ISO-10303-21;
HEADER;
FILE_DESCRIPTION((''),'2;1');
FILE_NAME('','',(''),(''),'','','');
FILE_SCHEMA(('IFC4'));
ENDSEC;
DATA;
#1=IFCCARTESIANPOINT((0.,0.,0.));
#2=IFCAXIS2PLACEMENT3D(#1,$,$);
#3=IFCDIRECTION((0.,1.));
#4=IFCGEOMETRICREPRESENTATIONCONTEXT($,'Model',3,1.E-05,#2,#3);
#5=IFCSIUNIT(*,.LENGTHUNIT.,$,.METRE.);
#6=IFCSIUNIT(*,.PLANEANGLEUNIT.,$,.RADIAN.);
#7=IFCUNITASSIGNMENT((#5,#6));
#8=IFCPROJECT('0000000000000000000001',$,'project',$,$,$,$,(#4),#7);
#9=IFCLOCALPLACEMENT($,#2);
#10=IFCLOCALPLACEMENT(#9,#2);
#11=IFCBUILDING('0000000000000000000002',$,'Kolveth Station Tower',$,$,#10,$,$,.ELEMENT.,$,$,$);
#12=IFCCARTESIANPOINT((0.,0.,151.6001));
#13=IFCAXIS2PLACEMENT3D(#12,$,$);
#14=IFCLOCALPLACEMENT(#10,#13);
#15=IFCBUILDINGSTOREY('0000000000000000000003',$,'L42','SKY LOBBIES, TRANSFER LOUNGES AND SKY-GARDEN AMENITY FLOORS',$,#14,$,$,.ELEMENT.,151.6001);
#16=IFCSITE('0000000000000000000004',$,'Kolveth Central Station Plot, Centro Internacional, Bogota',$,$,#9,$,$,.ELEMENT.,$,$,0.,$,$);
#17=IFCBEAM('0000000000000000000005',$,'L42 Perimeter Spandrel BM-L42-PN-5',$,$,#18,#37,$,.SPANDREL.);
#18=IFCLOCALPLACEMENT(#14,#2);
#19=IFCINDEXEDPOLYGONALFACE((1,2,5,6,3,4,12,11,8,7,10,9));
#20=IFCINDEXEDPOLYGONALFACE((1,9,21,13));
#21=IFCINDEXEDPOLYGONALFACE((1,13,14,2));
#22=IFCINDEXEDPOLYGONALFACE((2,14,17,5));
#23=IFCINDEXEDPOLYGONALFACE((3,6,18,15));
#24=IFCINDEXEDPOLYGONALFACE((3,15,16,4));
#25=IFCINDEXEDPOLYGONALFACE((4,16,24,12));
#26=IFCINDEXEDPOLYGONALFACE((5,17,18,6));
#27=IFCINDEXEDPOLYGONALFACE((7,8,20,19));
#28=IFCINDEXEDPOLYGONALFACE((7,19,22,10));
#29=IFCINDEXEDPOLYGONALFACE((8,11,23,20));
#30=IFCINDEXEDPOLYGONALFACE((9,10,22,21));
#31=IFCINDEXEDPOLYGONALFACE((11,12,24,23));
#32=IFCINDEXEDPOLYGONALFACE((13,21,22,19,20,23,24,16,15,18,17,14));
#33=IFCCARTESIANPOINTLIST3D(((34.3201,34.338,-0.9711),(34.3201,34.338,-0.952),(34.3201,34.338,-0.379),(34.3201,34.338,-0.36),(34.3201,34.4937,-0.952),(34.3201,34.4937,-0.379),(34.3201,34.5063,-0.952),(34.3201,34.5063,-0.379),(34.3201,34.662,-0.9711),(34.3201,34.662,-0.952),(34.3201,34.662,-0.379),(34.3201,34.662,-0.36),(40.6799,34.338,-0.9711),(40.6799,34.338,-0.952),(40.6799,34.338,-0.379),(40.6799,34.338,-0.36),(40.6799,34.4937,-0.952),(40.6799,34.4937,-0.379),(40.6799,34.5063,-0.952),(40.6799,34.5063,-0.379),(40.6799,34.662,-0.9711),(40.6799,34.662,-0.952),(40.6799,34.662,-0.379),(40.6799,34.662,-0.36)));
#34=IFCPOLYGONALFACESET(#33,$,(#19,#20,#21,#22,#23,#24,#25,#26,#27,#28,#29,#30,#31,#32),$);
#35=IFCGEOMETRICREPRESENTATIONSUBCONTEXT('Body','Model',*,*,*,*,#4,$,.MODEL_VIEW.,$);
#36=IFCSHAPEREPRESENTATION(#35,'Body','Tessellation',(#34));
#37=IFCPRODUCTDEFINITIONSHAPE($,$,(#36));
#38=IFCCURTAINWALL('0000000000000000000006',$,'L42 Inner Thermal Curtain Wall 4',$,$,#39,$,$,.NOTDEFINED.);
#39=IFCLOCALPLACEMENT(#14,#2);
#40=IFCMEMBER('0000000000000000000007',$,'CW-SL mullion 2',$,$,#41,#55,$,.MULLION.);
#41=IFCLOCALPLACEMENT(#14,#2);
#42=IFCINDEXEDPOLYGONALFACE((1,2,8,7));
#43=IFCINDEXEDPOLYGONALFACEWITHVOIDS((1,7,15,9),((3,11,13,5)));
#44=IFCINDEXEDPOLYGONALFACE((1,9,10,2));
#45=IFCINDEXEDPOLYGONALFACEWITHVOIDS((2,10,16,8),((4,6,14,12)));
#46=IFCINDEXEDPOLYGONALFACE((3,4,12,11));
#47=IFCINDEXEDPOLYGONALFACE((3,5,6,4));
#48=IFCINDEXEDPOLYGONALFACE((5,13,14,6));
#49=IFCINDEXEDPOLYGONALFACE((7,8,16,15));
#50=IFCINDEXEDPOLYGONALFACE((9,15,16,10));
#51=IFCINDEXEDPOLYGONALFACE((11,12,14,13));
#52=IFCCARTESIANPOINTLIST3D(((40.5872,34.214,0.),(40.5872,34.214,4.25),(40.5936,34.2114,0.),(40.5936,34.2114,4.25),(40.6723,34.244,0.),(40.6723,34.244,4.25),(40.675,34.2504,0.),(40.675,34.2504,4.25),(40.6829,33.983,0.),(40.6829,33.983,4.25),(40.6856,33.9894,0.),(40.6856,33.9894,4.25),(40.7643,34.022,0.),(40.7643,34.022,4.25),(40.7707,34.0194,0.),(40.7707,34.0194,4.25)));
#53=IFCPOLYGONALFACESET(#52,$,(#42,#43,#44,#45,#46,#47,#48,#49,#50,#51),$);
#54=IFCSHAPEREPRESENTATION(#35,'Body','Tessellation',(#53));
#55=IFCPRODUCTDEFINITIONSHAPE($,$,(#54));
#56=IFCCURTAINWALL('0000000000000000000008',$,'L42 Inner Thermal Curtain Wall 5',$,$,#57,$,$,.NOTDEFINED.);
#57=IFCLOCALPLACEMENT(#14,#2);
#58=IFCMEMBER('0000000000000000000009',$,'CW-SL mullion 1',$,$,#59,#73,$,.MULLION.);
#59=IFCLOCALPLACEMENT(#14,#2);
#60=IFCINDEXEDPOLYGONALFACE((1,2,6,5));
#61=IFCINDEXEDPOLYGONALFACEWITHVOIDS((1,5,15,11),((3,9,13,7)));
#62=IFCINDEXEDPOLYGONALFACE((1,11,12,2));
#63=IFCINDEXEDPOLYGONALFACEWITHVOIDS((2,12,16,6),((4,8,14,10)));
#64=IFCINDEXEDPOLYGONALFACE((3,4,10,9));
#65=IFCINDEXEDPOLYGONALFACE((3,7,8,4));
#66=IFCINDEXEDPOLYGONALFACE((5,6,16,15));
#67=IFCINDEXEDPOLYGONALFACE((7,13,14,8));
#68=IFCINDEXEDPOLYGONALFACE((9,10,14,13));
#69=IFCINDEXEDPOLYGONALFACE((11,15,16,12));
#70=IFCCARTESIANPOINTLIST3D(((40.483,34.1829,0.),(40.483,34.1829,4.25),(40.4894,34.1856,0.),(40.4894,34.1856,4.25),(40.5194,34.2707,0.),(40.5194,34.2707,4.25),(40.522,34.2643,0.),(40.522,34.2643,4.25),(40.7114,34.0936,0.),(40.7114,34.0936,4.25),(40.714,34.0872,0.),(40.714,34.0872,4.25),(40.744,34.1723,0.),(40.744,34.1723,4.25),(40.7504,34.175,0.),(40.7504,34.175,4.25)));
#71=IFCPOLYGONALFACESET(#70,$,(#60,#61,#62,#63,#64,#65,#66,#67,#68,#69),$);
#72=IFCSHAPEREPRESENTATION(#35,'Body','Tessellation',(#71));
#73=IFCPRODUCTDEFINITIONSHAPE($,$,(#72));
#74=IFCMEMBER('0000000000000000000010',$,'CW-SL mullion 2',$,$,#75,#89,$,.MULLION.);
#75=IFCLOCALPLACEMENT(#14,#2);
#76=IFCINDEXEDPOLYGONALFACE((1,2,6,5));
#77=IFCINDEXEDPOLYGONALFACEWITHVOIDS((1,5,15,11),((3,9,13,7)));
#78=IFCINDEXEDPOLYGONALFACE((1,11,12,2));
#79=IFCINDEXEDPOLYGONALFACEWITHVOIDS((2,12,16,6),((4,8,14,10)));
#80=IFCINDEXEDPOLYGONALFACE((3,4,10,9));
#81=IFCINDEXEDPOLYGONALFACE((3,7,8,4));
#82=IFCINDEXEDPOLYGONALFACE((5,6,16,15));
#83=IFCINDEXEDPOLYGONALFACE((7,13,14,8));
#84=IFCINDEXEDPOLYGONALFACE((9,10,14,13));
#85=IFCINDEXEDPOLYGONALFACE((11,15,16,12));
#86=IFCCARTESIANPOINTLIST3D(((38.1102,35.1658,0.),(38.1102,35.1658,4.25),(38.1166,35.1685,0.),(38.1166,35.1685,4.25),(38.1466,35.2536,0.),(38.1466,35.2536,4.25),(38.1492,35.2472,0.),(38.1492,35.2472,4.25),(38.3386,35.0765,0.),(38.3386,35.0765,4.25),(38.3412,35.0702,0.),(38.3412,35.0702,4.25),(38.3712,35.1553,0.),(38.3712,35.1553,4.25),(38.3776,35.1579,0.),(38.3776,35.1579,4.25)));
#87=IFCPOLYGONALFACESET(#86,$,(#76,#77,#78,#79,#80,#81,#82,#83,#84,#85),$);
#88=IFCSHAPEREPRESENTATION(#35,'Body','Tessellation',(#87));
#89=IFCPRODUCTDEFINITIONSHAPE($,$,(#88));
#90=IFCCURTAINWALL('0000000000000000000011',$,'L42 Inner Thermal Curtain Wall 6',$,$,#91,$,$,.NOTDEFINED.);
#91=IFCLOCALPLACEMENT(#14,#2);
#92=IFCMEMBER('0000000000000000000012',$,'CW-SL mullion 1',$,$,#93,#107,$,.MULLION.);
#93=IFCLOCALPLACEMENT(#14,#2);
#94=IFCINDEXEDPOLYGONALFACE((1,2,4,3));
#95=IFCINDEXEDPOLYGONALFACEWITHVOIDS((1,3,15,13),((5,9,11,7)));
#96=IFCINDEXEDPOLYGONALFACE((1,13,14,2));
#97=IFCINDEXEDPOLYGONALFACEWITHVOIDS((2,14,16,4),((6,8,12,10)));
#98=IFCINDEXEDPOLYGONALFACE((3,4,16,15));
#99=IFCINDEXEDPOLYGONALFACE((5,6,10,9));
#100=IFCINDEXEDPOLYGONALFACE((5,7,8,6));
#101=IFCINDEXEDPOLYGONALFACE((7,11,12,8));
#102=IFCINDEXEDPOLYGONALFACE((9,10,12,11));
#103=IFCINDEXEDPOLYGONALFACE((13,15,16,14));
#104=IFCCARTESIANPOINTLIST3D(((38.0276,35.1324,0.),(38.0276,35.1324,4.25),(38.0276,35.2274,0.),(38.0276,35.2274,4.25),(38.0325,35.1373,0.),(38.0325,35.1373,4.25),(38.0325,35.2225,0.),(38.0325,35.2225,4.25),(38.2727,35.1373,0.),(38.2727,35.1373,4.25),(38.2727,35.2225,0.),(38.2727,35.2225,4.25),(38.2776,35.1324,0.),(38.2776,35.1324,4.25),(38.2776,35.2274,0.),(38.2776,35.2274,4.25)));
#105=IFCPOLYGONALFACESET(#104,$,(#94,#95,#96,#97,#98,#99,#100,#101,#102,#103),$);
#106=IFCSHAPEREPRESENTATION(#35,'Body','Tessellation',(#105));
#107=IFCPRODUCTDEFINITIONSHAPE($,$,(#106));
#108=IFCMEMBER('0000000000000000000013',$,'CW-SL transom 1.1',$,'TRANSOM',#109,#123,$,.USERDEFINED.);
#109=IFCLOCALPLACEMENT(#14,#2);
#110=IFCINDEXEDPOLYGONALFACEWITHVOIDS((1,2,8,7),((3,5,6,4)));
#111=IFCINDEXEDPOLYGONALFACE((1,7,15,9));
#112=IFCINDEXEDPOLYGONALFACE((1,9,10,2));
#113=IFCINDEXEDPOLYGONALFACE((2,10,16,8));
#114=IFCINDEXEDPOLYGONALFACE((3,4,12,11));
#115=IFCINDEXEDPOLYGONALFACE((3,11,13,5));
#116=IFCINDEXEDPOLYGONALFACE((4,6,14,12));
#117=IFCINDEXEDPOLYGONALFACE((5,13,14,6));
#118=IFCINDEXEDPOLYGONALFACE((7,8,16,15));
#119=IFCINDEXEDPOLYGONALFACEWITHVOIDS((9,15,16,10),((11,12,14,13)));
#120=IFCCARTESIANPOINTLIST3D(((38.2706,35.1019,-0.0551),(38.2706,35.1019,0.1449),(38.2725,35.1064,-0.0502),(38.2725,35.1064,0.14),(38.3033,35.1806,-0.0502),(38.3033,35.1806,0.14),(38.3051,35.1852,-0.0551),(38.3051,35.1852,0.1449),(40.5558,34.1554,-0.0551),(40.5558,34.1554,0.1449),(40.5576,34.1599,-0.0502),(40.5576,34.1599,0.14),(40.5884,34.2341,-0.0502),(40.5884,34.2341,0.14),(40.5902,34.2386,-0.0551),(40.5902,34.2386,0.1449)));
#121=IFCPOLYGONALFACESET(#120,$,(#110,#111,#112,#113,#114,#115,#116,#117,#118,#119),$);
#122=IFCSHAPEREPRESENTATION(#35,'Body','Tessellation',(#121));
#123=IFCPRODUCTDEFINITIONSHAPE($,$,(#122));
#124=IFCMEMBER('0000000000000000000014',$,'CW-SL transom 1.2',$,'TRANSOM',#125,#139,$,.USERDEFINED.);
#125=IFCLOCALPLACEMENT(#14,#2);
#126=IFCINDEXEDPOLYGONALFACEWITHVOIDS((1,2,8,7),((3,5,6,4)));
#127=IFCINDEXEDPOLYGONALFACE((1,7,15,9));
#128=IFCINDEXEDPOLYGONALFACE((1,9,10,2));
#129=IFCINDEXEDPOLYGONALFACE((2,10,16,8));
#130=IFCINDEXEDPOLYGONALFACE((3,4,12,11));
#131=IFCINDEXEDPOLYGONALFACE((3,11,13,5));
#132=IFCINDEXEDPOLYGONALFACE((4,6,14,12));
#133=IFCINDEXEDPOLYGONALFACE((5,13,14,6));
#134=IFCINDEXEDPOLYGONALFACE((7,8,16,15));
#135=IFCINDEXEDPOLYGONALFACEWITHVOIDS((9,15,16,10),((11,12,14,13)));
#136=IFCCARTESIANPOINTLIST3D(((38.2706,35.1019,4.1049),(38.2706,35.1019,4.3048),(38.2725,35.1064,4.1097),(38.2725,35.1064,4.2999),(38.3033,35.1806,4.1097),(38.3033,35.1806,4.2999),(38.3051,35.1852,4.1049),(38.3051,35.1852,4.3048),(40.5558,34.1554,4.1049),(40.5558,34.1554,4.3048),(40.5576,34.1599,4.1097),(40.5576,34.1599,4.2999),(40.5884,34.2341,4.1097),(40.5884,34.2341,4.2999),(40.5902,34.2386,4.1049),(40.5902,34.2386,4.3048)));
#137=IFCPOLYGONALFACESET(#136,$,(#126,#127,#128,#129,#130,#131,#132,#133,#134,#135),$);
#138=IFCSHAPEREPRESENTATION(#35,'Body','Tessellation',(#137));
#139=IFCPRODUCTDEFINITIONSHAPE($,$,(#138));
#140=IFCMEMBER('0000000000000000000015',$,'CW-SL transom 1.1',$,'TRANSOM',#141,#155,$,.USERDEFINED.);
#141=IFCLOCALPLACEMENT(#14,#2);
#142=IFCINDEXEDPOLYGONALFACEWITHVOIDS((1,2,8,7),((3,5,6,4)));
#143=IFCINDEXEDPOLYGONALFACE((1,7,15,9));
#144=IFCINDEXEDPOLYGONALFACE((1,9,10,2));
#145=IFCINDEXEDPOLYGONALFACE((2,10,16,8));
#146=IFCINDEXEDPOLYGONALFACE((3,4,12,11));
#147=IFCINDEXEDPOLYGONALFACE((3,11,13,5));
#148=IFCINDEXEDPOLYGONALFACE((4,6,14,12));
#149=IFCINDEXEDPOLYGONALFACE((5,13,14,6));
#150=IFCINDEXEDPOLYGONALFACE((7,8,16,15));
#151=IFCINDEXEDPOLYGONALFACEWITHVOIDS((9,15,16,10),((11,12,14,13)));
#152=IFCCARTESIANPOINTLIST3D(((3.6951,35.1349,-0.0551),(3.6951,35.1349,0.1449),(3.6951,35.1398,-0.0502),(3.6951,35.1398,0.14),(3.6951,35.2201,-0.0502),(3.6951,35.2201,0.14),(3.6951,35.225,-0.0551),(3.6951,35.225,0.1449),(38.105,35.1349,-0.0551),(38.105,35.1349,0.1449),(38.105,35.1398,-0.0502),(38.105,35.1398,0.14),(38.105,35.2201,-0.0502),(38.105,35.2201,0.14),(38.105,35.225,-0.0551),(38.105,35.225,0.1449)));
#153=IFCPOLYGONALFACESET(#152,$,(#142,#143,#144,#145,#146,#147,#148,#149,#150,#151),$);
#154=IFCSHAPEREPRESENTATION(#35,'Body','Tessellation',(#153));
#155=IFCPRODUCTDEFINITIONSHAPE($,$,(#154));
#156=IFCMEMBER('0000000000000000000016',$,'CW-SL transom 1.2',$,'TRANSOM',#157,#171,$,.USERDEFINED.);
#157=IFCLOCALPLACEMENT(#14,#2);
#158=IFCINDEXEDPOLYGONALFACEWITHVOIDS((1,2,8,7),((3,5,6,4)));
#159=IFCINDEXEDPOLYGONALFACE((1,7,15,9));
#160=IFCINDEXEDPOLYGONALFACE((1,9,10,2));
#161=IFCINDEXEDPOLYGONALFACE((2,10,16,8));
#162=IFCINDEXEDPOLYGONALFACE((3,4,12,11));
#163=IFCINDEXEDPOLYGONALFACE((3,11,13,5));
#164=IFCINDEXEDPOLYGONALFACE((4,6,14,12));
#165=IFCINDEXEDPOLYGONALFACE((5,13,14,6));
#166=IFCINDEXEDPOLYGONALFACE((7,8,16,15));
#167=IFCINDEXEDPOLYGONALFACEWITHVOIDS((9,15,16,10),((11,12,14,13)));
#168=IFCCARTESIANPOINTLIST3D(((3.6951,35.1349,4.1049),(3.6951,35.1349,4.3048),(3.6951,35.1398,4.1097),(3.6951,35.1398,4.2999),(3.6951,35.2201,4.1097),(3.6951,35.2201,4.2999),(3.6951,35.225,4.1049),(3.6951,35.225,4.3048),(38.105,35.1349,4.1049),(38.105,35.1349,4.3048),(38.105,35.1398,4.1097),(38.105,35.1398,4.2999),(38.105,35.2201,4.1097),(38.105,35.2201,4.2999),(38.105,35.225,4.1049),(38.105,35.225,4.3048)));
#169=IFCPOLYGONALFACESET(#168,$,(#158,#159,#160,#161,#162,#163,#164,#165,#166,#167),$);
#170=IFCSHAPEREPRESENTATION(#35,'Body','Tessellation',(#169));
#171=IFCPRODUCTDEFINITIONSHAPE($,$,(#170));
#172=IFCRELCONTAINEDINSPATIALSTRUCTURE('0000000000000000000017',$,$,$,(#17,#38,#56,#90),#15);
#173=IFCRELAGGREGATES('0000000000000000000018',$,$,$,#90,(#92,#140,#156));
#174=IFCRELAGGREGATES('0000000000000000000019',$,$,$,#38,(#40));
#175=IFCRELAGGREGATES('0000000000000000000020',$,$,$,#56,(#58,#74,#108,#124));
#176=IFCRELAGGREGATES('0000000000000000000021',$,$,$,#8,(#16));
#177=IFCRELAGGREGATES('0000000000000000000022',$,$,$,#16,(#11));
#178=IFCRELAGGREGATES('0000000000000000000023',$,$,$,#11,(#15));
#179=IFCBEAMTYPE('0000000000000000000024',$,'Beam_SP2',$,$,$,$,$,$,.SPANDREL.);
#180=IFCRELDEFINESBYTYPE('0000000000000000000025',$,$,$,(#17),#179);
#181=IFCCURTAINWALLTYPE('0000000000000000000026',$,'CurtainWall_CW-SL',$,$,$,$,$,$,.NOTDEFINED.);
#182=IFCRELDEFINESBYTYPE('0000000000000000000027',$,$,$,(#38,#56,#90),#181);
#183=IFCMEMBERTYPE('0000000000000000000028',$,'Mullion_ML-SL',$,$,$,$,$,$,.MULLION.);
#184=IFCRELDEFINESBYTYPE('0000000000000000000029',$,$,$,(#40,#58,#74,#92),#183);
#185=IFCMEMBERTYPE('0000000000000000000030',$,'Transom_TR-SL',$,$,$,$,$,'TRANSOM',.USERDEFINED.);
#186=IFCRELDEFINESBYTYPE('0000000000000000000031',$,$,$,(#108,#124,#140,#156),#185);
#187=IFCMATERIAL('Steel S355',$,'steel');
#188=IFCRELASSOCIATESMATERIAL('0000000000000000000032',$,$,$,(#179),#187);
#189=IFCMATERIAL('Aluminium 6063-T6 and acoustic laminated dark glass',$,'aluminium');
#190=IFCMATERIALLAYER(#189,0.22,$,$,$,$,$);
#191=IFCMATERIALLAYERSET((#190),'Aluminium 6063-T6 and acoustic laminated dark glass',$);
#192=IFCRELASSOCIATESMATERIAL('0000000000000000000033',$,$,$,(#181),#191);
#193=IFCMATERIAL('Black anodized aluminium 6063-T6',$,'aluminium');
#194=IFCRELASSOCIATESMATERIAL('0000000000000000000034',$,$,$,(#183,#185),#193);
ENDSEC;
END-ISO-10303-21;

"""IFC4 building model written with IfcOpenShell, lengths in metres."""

from ifc_helpers import new_model, si_unit, direction, frame, origin, origin_2d, place, context, subcontext, project, spatial, hollow_rectangle, i_section, extrude, source, transform, mapped, material, layer, layer_set, material_profile, profile_set, type_object, element, aggregate, save


model = new_model("IFC4")

# Units and contexts
model_context = context("Model", 3, precision=1e-05, world=origin(), true_north=direction((0.0, 1.0)))
body_context = subcontext(model_context, "Body", "Model", "MODEL_VIEW")
ifc_project = project(units=[si_unit("LENGTHUNIT", "METRE"), si_unit("PLANEANGLEUNIT", "RADIAN")], contexts=[model_context])

# Site, building, storey
site_placement = place(None, origin())
site = spatial("IfcSite", under=ifc_project, at=site_placement, Name="Kolveth Central Station Plot, Centro Internacional, Bogota", CompositionType="ELEMENT", RefElevation=0.0)
building_placement = place(site_placement, origin())
building = spatial("IfcBuilding", under=site, at=building_placement, Name="Kolveth Station Tower", CompositionType="ELEMENT")
storey_placement = place(building_placement, frame((0.0, 0.0, 151.6001)))
storey = spatial("IfcBuildingStorey", under=building, at=storey_placement, Name="L42", Description="SKY LOBBIES, TRANSFER LOUNGES AND SKY-GARDEN AMENITY FLOORS", CompositionType="ELEMENT", Elevation=151.6001)

# Beam
ifc_material_1 = material(Name="Steel S355", Category="steel")
ifc_material_profile_1 = material_profile(ifc_material_1, i_section(OverallWidth=0.324, OverallDepth=0.6111, WebThickness=0.0127, FlangeThickness=0.019, at=origin_2d()), Name="W610x155")
ifc_profile_set_1 = profile_set([ifc_material_profile_1], Name="Steel S355")
beam_type = type_object("IfcBeamType", Name="Beam_SP2", PredefinedType="SPANDREL", material=ifc_profile_set_1)
shared_shape_1 = source(origin(), body_context, "Body", "SweptSolid", [
    extrude(i_section(OverallWidth=0.324, OverallDepth=0.6111, WebThickness=0.0127, FlangeThickness=0.019, at=origin_2d()), origin(), (0.0, 0.0, 1.0), 6.3599),
])
beam_placement = place(storey_placement, frame((34.3201, 34.5, -0.6655), z_axis=(1.0, 0.0, 0.0), x_axis=(0.0, 1.0, 0.0)))
element("IfcBeam", 1, at=beam_placement, inside=storey, type_object=beam_type, Name="L42 Perimeter Spandrel BM-L42-PN-5", PredefinedType="SPANDREL", context=body_context, shape_type="MappedRepresentation", body=[
    mapped(shared_shape_1, transform((0.0, 0.0, 0.0), x_axis=(1.0, 0.0, 0.0), y_axis=(0.0, 1.0, 0.0), z_axis=(0.0, 0.0, 1.0), scale=1.0)),
])

# Curtain wall, member
ifc_material_2 = material(Name="Aluminium 6063-T6 and acoustic laminated dark glass", Category="aluminium")
ifc_layer_1 = layer(ifc_material_2, 0.22)
ifc_layer_set_1 = layer_set([ifc_layer_1], Name="Aluminium 6063-T6 and acoustic laminated dark glass")
curtain_wall_type_1 = type_object("IfcCurtainWallType", Name="CurtainWall_CW-SL", PredefinedType="NOTDEFINED", material=ifc_layer_set_1)
curtain_wall_1_placement = place(storey_placement, origin())
curtain_wall_1 = element("IfcCurtainWall", 2, at=curtain_wall_1_placement, inside=storey, type_object=curtain_wall_type_1, Name="L42 Inner Thermal Curtain Wall 4", PredefinedType="NOTDEFINED")
ifc_material_3 = material(Name="Black anodized aluminium 6063-T6", Category="aluminium")
ifc_material_profile_2 = material_profile(ifc_material_3, hollow_rectangle(XDim=0.095, YDim=0.25, WallThickness=0.0049, at=origin_2d()), Name="ALU-95x250x5")
ifc_profile_set_2 = profile_set([ifc_material_profile_2], Name="Black anodized aluminium 6063-T6")
member_type_1 = type_object("IfcMemberType", Name="Mullion_ML-SL", PredefinedType="MULLION", material=ifc_profile_set_2)
shared_shape_2 = source(origin(), body_context, "Body", "SweptSolid", [
    extrude(hollow_rectangle(XDim=0.095, YDim=0.25, WallThickness=0.0049, at=origin_2d()), origin(), (0.0, 0.0, 1.0), 4.25),
])
member_1_placement = place(storey_placement, frame((40.679, 34.1167, 0.0), z_axis=(0.0, 0.0, 1.0), x_axis=(-0.923874, -0.382698, 0.0)))
member_1 = element("IfcMember", 3, at=member_1_placement, type_object=member_type_1, Name="CW-SL mullion 2", PredefinedType="MULLION", context=body_context, shape_type="MappedRepresentation", body=[
    mapped(shared_shape_2, transform((0.0, 0.0, 0.0), x_axis=(1.0, 0.0, 0.0), y_axis=(0.0, 1.0, 0.0), z_axis=(0.0, 0.0, 1.0), scale=1.0)),
])

# Curtain wall, members
curtain_wall_2_placement = place(storey_placement, origin())
curtain_wall_2 = element("IfcCurtainWall", 4, at=curtain_wall_2_placement, inside=storey, type_object=curtain_wall_type_1, Name="L42 Inner Thermal Curtain Wall 5", PredefinedType="NOTDEFINED")
member_2_placement = place(storey_placement, frame((40.6167, 34.179, 0.0), z_axis=(0.0, 0.0, 1.0), x_axis=(-0.382698, -0.923874, 0.0)))
member_2 = element("IfcMember", 5, at=member_2_placement, type_object=member_type_1, Name="CW-SL mullion 1", PredefinedType="MULLION", context=body_context, shape_type="MappedRepresentation", body=[
    mapped(shared_shape_2, transform((0.0, 0.0, 0.0), x_axis=(1.0, 0.0, 0.0), y_axis=(0.0, 1.0, 0.0), z_axis=(0.0, 0.0, 1.0), scale=1.0)),
])
member_3_placement = place(storey_placement, frame((38.2439, 35.1619, 0.0), z_axis=(0.0, 0.0, 1.0), x_axis=(-0.382698, -0.923874, 0.0)))
member_3 = element("IfcMember", 6, at=member_3_placement, type_object=member_type_1, Name="CW-SL mullion 2", PredefinedType="MULLION", context=body_context, shape_type="MappedRepresentation", body=[
    mapped(shared_shape_2, transform((0.0, 0.0, 0.0), x_axis=(1.0, 0.0, 0.0), y_axis=(0.0, 1.0, 0.0), z_axis=(0.0, 0.0, 1.0), scale=1.0)),
])

# Curtain wall, member
curtain_wall_3_placement = place(storey_placement, origin())
curtain_wall_3 = element("IfcCurtainWall", 7, at=curtain_wall_3_placement, inside=storey, type_object=curtain_wall_type_1, Name="L42 Inner Thermal Curtain Wall 6", PredefinedType="NOTDEFINED")
member_4_placement = place(storey_placement, frame((38.1526, 35.1799, 0.0), z_axis=(0.0, 0.0, 1.0), x_axis=(0.0, -1.0, 0.0)))
member_4 = element("IfcMember", 8, at=member_4_placement, type_object=member_type_1, Name="CW-SL mullion 1", PredefinedType="MULLION", context=body_context, shape_type="MappedRepresentation", body=[
    mapped(shared_shape_2, transform((0.0, 0.0, 0.0), x_axis=(1.0, 0.0, 0.0), y_axis=(0.0, 1.0, 0.0), z_axis=(0.0, 0.0, 1.0), scale=1.0)),
])

# Members
ifc_material_profile_3 = material_profile(ifc_material_3, hollow_rectangle(XDim=0.0901, YDim=0.2, WallThickness=0.0049, at=origin_2d()), Name="ALU-90x200x5")
ifc_profile_set_3 = profile_set([ifc_material_profile_3], Name="Black anodized aluminium 6063-T6")
member_type_2 = type_object("IfcMemberType", Name="Transom_TR-SL", ElementType="TRANSOM", PredefinedType="USERDEFINED", material=ifc_profile_set_3)
shared_shape_3 = source(origin(), body_context, "Body", "SweptSolid", [
    extrude(hollow_rectangle(XDim=0.0901, YDim=0.2, WallThickness=0.0049, at=origin_2d()), origin(), (0.0, 0.0, 1.0), 2.4734),
])
member_5_placement = place(storey_placement, frame((40.573, 34.197, 0.0449), z_axis=(-0.923881, 0.38268, 0.0), x_axis=(-0.38268, -0.923881, 0.0)))
member_5 = element("IfcMember", 9, at=member_5_placement, type_object=member_type_2, Name="CW-SL transom 1.1", ObjectType="TRANSOM", PredefinedType="USERDEFINED", context=body_context, shape_type="MappedRepresentation", body=[
    mapped(shared_shape_3, transform((0.0, 0.0, 0.0), x_axis=(1.0, 0.0, 0.0), y_axis=(0.0, 1.0, 0.0), z_axis=(0.0, 0.0, 1.0), scale=1.0)),
])
member_6_placement = place(storey_placement, frame((40.573, 34.197, 4.2048), z_axis=(-0.923881, 0.38268, 0.0), x_axis=(-0.38268, -0.923881, 0.0)))
member_6 = element("IfcMember", 10, at=member_6_placement, type_object=member_type_2, Name="CW-SL transom 1.2", ObjectType="TRANSOM", PredefinedType="USERDEFINED", context=body_context, shape_type="MappedRepresentation", body=[
    mapped(shared_shape_3, transform((0.0, 0.0, 0.0), x_axis=(1.0, 0.0, 0.0), y_axis=(0.0, 1.0, 0.0), z_axis=(0.0, 0.0, 1.0), scale=1.0)),
])
shared_shape_4 = source(origin(), body_context, "Body", "SweptSolid", [
    extrude(hollow_rectangle(XDim=0.0901, YDim=0.2, WallThickness=0.0049, at=origin_2d()), origin(), (0.0, 0.0, 1.0), 34.4099),
])
member_7_placement = place(storey_placement, frame((38.105, 35.1799, 0.0449), z_axis=(-1.0, 0.0, 0.0), x_axis=(0.0, -1.0, 0.0)))
member_7 = element("IfcMember", 11, at=member_7_placement, type_object=member_type_2, Name="CW-SL transom 1.1", ObjectType="TRANSOM", PredefinedType="USERDEFINED", context=body_context, shape_type="MappedRepresentation", body=[
    mapped(shared_shape_4, transform((0.0, 0.0, 0.0), x_axis=(1.0, 0.0, 0.0), y_axis=(0.0, 1.0, 0.0), z_axis=(0.0, 0.0, 1.0), scale=1.0)),
])
member_8_placement = place(storey_placement, frame((38.105, 35.1799, 4.2048), z_axis=(-1.0, 0.0, 0.0), x_axis=(0.0, -1.0, 0.0)))
member_8 = element("IfcMember", 12, at=member_8_placement, type_object=member_type_2, Name="CW-SL transom 1.2", ObjectType="TRANSOM", PredefinedType="USERDEFINED", context=body_context, shape_type="MappedRepresentation", body=[
    mapped(shared_shape_4, transform((0.0, 0.0, 0.0), x_axis=(1.0, 0.0, 0.0), y_axis=(0.0, 1.0, 0.0), z_axis=(0.0, 0.0, 1.0), scale=1.0)),
])
aggregate(curtain_wall_3, [member_4, member_7, member_8])

aggregate(curtain_wall_1, [member_1])
aggregate(curtain_wall_2, [member_2, member_3, member_5, member_6])

save(model, "model.ifc")
